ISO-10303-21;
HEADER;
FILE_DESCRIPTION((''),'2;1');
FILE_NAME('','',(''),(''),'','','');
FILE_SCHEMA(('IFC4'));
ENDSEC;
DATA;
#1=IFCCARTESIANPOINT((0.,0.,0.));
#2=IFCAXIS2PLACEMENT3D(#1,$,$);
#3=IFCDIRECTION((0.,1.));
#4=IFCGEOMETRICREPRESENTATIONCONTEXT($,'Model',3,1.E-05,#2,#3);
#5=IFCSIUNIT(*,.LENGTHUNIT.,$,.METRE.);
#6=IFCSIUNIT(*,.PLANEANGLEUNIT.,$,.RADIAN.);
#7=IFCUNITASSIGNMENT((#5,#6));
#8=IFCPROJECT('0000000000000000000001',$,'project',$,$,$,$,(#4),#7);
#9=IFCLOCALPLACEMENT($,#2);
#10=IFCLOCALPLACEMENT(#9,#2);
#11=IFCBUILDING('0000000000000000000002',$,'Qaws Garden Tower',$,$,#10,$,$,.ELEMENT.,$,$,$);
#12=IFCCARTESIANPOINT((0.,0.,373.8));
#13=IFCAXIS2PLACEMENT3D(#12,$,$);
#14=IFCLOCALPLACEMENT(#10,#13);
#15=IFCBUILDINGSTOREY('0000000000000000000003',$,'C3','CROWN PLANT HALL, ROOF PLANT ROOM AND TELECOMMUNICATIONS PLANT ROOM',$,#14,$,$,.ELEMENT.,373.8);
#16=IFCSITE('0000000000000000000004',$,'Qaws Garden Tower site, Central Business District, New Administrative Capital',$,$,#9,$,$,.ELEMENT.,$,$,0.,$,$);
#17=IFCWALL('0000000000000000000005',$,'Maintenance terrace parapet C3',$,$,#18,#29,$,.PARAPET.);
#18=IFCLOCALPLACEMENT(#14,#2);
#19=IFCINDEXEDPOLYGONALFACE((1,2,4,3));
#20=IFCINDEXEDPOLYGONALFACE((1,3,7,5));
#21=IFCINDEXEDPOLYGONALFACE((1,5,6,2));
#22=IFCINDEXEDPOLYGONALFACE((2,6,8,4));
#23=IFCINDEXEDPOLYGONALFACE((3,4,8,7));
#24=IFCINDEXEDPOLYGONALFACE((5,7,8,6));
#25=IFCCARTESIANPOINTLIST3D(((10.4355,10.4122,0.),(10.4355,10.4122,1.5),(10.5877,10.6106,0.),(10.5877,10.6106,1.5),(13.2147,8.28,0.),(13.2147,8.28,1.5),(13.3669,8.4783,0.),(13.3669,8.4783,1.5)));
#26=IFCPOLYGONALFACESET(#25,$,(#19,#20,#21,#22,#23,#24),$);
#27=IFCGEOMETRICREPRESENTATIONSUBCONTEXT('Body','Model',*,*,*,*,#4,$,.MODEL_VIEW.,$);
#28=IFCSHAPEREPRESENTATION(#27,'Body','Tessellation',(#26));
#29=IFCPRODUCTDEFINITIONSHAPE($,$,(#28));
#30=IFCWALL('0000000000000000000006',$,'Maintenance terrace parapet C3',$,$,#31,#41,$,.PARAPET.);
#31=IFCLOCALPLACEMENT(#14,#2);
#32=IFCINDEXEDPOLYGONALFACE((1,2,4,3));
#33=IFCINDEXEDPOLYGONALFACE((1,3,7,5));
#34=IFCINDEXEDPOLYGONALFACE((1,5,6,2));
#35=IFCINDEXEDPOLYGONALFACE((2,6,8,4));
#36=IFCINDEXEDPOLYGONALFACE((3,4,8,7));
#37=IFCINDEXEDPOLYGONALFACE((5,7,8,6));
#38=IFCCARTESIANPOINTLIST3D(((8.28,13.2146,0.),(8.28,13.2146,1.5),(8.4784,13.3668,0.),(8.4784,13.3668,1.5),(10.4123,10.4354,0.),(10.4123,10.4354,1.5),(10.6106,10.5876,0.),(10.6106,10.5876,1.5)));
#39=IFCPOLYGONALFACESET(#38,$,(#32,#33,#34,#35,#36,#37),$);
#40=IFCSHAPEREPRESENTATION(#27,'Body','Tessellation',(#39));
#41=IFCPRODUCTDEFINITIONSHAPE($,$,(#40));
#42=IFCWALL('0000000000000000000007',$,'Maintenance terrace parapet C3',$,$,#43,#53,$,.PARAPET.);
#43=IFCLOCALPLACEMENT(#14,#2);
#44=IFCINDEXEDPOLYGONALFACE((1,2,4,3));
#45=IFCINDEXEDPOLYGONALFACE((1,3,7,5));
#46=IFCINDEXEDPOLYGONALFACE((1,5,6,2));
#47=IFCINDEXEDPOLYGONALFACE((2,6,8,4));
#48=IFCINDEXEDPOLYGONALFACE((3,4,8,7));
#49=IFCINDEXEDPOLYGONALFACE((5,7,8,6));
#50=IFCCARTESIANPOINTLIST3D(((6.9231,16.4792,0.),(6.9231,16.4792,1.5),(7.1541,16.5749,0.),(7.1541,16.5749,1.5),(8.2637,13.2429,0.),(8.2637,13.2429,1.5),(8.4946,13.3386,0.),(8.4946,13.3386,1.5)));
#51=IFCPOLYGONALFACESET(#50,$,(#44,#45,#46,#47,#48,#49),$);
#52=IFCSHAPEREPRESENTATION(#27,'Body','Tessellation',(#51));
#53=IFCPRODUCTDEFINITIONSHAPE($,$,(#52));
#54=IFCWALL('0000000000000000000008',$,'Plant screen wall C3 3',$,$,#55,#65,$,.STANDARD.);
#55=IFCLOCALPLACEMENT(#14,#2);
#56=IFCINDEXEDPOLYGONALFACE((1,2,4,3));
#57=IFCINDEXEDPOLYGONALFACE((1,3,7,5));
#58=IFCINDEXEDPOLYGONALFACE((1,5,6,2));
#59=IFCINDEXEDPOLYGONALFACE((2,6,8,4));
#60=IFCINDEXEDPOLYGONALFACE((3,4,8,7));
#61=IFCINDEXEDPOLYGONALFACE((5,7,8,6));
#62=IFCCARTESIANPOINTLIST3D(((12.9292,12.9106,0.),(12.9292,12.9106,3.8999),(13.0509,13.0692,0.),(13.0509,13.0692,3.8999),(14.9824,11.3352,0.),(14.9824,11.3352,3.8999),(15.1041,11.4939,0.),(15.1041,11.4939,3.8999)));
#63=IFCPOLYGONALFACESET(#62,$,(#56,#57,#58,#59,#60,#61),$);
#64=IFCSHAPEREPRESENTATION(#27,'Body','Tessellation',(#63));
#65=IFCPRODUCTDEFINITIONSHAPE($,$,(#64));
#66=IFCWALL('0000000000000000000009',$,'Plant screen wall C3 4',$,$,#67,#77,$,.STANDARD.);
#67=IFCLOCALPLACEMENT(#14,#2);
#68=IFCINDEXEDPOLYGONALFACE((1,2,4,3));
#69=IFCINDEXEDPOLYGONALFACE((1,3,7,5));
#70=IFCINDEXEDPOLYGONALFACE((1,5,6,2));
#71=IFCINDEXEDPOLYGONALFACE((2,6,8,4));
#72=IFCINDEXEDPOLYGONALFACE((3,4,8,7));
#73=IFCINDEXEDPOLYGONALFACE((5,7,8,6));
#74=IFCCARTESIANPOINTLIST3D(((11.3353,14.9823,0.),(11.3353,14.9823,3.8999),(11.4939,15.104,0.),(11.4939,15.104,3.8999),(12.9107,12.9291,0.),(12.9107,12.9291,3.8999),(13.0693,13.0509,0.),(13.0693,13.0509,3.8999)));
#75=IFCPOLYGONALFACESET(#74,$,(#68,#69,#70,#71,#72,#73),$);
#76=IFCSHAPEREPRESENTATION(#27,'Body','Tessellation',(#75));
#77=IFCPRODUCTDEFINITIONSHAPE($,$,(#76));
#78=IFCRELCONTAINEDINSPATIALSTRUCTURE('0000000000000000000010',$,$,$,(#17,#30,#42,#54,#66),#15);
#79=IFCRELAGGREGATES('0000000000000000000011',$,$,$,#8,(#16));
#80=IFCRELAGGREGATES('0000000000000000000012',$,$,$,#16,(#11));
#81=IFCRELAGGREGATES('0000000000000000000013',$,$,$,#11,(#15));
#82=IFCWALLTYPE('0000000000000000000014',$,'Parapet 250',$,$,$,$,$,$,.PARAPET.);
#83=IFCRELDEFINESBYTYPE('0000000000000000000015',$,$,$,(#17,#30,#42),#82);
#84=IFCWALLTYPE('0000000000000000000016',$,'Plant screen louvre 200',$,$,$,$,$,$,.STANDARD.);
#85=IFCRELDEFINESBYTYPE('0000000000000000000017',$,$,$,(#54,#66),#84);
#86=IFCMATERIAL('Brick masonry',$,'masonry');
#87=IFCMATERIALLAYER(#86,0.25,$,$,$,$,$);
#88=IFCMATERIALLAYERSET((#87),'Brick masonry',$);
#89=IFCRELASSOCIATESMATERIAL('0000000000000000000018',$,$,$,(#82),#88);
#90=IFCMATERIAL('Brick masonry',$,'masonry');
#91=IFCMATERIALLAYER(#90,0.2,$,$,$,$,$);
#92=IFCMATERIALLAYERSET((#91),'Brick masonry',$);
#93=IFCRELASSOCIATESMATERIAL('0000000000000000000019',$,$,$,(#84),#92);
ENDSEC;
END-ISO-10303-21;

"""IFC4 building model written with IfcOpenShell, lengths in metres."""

from ifc_helpers import new_model, si_unit, direction, frame, frame_2d, origin, place, context, subcontext, project, spatial, rectangle, extrude, material, layer, layer_set, type_object, element, save


model = new_model("IFC4")

# Units and contexts
model_context = context("Model", 3, precision=1e-05, world=origin(), true_north=direction((0.0, 1.0)))
body_context = subcontext(model_context, "Body", "Model", "MODEL_VIEW")
ifc_project = project(units=[si_unit("LENGTHUNIT", "METRE"), si_unit("PLANEANGLEUNIT", "RADIAN")], contexts=[model_context])

# Site, building, storey
site_placement = place(None, origin())
site = spatial("IfcSite", under=ifc_project, at=site_placement, Name="Qaws Garden Tower site, Central Business District, New Administrative Capital", CompositionType="ELEMENT", RefElevation=0.0)
building_placement = place(site_placement, origin())
building = spatial("IfcBuilding", under=site, at=building_placement, Name="Qaws Garden Tower", CompositionType="ELEMENT")
storey_placement = place(building_placement, frame((0.0, 0.0, 373.8)))
storey = spatial("IfcBuildingStorey", under=building, at=storey_placement, Name="C3", Description="CROWN PLANT HALL, ROOF PLANT ROOM AND TELECOMMUNICATIONS PLANT ROOM", CompositionType="ELEMENT", Elevation=373.8)

# Walls
ifc_material_1 = material(Name="Brick masonry", Category="masonry")
ifc_layer_1 = layer(ifc_material_1, 0.25)
ifc_layer_set_1 = layer_set([ifc_layer_1], Name="Brick masonry")
wall_type_1 = type_object("IfcWallType", Name="Parapet 250", PredefinedType="PARAPET", material=ifc_layer_set_1)
for number, where, z_axis, x_axis, name in (
    (1, (13.2908, 8.3792, 0.0), (0.0, 0.0, 1.0), (-0.793395, 0.608707, 0.0), "Maintenance terrace parapet C3"),
    (2, (10.5115, 10.5115, 0.0), (0.0, 0.0, 1.0), (-0.608707, 0.793395, 0.0), "Maintenance terrace parapet C3"),
    (3, (8.3792, 13.2908, 0.0), (0.0, 0.0, 1.0), (-0.382694, 0.923875, 0.0), "Maintenance terrace parapet C3"),
):
    element("IfcWall", number, at=place(storey_placement, frame(where, z_axis=z_axis, x_axis=x_axis)), inside=storey, type_object=wall_type_1, Name=name, PredefinedType="PARAPET", context=body_context, shape_type="SweptSolid", body=[
        extrude(rectangle(XDim=3.5029, YDim=0.25, at=frame_2d((1.7515, 0.0))), origin(), (0.0, 0.0, 1.0), 1.5),
    ])
ifc_material_2 = material(Name="Brick masonry", Category="masonry")
ifc_layer_2 = layer(ifc_material_2, 0.2)
ifc_layer_set_2 = layer_set([ifc_layer_2], Name="Brick masonry")
wall_type_2 = type_object("IfcWallType", Name="Plant screen louvre 200", PredefinedType="STANDARD", material=ifc_layer_set_2)
for number, where, z_axis, x_axis, name in (
    (4, (15.0432, 11.4146, 0.0), (0.0, 0.0, 1.0), (-0.793363, 0.608748, 0.0), "Plant screen wall C3 3"),
    (5, (12.99, 12.99, 0.0), (0.0, 0.0, 1.0), (-0.608748, 0.793363, 0.0), "Plant screen wall C3 4"),
):
    element("IfcWall", number, at=place(storey_placement, frame(where, z_axis=z_axis, x_axis=x_axis)), inside=storey, type_object=wall_type_2, Name=name, PredefinedType="STANDARD", context=body_context, shape_type="SweptSolid", body=[
        extrude(rectangle(XDim=2.5879, YDim=0.2, at=frame_2d((1.2939, 0.0))), origin(), (0.0, 0.0, 1.0), 3.8999),
    ])

save(model, "model.ifc")
